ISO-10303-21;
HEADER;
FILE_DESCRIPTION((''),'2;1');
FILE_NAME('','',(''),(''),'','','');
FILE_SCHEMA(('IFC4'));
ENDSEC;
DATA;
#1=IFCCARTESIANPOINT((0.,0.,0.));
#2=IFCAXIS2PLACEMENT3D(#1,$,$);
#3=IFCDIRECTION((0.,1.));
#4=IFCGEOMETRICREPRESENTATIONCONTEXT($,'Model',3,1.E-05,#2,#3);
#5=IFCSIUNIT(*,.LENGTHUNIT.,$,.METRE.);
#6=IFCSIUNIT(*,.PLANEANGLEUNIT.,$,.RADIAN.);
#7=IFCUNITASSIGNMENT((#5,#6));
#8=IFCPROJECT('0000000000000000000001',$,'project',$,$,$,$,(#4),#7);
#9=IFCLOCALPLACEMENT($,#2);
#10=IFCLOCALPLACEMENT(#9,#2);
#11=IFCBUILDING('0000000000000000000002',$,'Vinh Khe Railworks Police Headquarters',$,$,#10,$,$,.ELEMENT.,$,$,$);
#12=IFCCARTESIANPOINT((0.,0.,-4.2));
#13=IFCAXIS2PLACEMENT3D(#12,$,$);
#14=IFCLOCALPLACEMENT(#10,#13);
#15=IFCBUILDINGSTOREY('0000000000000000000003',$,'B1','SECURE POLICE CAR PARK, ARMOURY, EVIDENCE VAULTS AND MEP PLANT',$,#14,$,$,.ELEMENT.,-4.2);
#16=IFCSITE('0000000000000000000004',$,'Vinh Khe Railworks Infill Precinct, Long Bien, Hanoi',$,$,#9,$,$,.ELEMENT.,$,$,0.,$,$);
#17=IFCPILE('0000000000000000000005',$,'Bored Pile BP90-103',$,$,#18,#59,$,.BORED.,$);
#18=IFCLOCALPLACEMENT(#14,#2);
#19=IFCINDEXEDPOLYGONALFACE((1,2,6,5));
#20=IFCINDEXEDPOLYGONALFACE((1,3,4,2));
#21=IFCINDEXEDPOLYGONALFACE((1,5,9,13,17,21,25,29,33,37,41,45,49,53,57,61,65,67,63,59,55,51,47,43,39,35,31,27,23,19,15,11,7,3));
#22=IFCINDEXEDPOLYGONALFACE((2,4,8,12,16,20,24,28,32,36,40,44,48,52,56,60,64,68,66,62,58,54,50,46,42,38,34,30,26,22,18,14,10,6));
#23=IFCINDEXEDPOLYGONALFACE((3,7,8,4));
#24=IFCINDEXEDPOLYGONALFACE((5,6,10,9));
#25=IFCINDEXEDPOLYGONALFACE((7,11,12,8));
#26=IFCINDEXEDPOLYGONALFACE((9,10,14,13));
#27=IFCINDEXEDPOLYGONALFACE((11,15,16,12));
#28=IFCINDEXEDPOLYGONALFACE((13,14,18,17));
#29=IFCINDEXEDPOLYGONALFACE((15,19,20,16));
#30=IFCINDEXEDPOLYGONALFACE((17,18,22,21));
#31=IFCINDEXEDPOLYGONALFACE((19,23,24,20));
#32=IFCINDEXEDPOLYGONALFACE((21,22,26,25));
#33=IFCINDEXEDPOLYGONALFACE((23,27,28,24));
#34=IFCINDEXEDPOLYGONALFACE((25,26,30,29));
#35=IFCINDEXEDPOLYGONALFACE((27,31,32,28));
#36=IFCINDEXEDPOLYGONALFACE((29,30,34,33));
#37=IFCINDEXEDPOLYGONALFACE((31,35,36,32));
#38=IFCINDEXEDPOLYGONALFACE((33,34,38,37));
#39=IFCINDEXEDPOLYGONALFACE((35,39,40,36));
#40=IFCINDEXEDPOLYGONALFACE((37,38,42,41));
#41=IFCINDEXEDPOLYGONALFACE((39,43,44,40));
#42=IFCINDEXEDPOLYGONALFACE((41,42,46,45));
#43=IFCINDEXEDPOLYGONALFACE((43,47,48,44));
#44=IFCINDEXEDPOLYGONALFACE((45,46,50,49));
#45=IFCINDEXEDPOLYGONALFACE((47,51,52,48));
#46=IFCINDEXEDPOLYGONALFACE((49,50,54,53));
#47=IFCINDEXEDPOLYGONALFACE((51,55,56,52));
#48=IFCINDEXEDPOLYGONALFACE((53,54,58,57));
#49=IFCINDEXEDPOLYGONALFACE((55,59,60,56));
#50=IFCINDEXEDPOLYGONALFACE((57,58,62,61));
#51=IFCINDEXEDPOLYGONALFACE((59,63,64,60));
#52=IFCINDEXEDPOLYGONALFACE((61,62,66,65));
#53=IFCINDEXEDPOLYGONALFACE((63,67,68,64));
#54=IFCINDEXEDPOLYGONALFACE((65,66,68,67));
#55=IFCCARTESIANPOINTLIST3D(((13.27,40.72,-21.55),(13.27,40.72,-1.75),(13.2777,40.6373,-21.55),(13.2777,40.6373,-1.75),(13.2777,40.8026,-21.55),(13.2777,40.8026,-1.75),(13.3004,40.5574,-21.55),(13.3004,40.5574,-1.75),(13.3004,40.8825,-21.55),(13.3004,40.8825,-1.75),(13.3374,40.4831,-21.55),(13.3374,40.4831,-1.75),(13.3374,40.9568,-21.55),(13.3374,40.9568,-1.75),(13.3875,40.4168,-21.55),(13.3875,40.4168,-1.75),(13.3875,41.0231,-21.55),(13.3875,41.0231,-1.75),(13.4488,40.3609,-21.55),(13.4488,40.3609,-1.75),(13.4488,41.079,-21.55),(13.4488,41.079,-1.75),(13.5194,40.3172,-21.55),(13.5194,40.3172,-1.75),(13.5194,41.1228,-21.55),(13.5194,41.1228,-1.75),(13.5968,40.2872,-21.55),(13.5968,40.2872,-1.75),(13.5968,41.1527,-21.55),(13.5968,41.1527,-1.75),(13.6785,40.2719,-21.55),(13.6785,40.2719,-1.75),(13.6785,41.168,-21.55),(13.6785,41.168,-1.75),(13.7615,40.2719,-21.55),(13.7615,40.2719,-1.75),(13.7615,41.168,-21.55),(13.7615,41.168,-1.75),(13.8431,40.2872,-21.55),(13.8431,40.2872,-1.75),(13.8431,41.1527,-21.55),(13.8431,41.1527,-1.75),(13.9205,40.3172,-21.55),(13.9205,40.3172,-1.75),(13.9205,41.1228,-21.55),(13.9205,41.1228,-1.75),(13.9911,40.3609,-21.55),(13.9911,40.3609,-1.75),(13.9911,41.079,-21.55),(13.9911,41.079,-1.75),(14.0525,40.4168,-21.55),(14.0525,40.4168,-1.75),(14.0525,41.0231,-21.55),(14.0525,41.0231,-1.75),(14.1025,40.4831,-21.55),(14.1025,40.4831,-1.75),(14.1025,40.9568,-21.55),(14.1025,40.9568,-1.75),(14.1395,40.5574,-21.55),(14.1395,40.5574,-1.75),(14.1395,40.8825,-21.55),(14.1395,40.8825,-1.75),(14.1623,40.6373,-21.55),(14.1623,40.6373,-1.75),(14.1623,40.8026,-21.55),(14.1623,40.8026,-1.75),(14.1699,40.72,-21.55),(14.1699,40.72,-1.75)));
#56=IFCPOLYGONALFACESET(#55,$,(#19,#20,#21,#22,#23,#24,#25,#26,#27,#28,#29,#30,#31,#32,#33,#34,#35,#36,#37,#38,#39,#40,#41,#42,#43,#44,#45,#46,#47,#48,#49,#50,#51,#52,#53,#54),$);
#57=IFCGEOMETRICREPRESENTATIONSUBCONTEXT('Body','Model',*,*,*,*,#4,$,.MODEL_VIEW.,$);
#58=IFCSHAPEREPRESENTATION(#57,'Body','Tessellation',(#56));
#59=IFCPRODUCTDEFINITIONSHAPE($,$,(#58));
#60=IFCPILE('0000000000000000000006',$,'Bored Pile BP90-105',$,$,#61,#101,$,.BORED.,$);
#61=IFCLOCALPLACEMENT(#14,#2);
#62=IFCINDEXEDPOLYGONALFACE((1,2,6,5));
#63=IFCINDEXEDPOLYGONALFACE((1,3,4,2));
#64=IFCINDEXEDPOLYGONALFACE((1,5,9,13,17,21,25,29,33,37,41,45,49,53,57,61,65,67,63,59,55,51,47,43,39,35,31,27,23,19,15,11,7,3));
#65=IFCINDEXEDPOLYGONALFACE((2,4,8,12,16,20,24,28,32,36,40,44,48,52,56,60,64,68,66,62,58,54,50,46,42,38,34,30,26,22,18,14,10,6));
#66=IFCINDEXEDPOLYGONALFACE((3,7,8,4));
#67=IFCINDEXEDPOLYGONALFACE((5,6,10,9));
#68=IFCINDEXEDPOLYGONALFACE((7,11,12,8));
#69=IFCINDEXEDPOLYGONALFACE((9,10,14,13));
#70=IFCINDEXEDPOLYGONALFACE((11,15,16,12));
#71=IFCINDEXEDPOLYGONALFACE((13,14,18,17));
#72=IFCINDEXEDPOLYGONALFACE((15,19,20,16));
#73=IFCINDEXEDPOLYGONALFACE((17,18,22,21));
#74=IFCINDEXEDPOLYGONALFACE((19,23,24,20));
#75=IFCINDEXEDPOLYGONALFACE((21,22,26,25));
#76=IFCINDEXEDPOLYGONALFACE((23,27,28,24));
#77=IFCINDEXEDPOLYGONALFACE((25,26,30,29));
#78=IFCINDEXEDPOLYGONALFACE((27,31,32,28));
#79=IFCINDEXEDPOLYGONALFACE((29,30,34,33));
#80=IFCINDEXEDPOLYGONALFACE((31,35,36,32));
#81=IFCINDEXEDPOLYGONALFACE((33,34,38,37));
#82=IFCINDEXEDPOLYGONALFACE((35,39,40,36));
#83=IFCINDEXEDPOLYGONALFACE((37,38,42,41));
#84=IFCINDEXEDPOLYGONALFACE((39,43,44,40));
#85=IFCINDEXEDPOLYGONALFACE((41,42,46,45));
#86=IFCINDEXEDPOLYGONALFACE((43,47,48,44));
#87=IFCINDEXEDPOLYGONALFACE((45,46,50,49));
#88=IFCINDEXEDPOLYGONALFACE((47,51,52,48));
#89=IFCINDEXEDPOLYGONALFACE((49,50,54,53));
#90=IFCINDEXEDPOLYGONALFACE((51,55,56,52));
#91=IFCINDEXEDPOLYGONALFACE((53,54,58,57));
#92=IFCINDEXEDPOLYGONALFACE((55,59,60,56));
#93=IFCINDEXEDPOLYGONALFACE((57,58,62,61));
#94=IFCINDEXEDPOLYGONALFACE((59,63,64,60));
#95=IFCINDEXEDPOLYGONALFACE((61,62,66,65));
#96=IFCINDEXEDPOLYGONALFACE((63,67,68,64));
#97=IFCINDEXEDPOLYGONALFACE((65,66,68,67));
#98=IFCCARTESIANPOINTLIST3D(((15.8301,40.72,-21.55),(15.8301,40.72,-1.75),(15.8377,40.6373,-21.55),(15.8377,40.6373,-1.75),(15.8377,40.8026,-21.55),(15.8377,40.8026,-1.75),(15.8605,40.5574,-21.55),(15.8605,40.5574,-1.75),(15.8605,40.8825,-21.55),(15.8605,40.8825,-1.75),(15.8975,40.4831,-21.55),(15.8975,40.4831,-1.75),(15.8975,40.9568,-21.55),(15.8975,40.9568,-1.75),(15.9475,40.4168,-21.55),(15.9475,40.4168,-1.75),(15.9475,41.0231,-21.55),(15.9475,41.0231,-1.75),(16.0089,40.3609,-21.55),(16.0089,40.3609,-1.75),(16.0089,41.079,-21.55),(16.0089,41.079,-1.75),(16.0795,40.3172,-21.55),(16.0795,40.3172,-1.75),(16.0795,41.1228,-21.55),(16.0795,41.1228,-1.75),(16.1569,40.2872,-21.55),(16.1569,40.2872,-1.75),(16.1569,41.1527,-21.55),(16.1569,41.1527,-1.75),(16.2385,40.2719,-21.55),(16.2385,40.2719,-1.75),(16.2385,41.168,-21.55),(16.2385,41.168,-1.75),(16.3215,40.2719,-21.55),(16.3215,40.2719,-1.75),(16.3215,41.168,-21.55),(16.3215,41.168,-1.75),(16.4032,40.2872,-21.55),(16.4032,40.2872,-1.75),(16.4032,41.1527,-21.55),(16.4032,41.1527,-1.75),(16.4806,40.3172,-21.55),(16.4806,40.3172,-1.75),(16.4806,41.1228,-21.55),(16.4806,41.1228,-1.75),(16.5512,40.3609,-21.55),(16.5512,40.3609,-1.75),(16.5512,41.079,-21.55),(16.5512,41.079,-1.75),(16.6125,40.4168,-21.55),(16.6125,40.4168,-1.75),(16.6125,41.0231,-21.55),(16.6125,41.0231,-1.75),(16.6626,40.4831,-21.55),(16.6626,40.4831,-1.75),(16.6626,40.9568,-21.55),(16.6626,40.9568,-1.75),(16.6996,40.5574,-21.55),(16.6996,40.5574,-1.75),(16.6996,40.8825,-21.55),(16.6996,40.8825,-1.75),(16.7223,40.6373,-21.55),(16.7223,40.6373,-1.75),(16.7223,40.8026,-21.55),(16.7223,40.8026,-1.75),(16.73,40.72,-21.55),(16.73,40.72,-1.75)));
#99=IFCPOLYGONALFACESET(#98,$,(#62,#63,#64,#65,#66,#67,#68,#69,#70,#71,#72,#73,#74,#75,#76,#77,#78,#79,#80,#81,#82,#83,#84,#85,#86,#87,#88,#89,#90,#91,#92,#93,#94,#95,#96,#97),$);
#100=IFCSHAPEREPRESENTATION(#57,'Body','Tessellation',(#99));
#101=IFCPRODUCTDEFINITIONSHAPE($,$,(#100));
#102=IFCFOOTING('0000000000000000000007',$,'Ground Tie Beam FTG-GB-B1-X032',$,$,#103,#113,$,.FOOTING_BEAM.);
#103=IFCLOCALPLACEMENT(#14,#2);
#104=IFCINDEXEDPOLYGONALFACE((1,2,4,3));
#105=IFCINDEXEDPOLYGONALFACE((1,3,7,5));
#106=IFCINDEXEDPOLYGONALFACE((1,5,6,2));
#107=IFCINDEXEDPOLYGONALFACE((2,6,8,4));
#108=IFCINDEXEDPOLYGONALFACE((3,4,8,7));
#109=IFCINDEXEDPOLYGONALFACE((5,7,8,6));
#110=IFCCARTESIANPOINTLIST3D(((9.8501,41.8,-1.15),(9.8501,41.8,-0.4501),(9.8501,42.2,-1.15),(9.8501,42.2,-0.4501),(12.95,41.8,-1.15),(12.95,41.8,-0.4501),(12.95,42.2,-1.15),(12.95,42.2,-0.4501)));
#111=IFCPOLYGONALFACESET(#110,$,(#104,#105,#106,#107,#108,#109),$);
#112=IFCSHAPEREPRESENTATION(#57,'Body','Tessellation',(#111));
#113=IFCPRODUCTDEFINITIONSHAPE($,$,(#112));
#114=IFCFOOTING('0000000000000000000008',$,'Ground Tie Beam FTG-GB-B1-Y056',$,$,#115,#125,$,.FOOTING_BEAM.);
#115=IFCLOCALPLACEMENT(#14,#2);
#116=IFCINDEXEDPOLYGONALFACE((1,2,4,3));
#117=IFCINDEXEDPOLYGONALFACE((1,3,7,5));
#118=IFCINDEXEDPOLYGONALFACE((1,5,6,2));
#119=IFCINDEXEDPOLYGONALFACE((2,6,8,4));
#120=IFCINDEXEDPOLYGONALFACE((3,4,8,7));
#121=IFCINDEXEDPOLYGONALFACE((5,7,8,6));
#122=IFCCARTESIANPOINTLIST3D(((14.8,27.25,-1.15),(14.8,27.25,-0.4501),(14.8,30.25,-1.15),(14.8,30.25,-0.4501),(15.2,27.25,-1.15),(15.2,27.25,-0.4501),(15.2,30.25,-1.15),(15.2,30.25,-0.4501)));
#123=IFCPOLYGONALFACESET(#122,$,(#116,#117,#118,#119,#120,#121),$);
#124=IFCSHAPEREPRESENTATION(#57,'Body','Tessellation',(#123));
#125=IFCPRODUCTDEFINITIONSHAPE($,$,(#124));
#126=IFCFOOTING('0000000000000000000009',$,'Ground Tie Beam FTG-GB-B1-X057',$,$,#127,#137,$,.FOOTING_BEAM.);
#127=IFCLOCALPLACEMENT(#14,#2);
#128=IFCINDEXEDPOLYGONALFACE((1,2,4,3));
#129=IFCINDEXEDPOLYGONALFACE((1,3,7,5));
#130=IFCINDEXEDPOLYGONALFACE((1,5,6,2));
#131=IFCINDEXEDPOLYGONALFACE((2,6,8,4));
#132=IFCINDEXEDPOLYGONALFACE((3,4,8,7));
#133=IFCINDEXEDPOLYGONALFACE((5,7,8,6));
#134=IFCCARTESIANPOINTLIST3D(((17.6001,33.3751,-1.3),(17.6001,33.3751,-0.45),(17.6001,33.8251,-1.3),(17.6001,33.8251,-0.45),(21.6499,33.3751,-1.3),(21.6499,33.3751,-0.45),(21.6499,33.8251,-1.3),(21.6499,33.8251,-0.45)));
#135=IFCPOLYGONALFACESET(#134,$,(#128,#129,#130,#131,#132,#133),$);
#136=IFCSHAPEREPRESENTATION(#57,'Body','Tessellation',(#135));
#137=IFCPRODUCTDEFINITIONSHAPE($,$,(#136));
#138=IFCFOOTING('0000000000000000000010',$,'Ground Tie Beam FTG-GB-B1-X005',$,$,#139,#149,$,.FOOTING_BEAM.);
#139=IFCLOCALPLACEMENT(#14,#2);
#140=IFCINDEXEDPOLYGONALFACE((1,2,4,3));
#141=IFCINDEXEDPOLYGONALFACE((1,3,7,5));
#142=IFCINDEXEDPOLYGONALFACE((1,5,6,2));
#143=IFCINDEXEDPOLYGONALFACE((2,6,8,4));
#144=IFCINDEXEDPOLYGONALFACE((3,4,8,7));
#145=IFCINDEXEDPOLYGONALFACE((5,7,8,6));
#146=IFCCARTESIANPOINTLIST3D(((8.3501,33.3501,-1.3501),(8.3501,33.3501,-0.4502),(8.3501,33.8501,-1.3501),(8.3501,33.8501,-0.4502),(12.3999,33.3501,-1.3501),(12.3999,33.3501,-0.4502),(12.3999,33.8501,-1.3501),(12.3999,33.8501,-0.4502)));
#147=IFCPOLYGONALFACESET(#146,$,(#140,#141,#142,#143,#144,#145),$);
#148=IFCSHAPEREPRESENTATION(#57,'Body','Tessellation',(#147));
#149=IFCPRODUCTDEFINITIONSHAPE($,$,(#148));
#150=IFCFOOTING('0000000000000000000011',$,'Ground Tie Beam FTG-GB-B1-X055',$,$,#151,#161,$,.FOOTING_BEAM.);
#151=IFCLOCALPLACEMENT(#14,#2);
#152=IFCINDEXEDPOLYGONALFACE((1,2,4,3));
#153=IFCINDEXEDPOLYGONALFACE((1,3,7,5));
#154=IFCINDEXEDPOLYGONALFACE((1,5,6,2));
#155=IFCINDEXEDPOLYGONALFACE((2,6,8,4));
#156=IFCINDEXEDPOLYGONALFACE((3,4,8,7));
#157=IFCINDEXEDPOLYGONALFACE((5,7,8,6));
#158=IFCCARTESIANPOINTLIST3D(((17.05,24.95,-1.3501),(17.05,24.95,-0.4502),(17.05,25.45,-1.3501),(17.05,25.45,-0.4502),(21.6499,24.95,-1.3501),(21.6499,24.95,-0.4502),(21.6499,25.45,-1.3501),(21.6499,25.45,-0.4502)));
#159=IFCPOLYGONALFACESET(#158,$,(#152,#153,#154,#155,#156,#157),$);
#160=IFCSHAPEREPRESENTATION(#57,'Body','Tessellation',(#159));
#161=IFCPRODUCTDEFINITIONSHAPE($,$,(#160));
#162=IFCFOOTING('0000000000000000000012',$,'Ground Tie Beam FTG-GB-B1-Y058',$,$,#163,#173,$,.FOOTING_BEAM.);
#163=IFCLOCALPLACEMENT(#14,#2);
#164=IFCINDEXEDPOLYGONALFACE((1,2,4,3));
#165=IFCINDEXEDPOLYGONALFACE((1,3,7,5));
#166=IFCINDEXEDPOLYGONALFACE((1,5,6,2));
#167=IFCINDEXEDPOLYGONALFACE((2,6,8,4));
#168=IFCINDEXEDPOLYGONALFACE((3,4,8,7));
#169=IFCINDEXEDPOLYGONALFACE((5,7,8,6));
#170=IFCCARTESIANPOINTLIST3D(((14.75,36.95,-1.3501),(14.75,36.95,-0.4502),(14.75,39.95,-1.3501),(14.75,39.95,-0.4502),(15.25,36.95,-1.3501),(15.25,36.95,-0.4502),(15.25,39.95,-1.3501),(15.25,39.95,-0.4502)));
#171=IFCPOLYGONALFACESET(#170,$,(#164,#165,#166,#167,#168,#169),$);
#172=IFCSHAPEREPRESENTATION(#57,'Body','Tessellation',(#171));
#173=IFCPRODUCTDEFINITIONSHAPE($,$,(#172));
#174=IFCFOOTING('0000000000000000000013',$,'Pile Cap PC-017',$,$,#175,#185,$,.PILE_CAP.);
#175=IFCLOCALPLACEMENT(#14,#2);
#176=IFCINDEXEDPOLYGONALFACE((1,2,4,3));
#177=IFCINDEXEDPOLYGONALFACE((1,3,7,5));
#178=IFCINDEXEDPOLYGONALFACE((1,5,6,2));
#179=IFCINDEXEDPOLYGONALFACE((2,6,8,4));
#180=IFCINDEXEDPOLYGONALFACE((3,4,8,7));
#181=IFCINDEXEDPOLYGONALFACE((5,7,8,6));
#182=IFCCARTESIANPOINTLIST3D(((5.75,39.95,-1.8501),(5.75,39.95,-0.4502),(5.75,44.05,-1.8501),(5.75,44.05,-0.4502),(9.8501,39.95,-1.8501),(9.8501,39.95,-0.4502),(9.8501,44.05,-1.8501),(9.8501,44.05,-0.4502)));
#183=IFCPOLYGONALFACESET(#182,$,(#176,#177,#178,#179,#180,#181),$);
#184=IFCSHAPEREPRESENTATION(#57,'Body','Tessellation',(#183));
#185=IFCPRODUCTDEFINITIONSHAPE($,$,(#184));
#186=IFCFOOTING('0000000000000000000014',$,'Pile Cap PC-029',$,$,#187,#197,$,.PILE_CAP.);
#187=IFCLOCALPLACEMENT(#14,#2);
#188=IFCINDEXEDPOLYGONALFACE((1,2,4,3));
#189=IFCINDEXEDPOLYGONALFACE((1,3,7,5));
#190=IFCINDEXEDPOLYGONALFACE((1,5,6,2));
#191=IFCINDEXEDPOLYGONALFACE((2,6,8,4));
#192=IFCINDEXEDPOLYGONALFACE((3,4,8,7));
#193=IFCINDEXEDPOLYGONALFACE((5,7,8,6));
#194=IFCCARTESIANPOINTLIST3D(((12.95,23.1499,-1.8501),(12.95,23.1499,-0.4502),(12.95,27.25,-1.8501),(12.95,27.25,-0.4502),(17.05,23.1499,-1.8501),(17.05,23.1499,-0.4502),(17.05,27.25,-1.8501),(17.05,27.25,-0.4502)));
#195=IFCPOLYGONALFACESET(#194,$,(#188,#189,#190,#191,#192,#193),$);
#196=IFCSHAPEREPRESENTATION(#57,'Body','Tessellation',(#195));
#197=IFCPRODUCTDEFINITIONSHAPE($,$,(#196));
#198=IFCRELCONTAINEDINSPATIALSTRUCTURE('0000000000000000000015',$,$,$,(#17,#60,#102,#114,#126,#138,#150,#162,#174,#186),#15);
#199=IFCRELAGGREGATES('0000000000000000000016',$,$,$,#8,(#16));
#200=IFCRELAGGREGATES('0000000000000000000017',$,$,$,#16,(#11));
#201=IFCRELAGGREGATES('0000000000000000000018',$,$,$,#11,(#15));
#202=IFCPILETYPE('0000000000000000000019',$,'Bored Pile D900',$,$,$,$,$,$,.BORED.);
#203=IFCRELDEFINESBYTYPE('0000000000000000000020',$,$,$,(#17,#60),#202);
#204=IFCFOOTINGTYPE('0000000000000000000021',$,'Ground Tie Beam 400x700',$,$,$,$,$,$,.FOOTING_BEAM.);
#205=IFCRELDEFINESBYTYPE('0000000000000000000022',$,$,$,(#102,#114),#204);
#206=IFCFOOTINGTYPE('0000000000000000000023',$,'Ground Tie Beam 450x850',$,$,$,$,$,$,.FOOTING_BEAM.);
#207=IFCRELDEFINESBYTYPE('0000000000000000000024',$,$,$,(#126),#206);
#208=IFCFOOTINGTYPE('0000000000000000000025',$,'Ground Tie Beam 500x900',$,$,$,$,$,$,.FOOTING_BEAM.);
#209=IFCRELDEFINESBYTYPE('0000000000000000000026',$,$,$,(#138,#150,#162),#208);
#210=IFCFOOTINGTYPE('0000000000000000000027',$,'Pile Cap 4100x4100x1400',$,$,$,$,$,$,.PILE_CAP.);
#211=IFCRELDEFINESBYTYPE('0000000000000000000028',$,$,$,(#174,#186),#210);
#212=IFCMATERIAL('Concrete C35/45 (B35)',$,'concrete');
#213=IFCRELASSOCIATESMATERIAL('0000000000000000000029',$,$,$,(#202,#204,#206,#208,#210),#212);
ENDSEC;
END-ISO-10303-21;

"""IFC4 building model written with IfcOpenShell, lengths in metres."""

from ifc_helpers import new_model, si_unit, direction, frame, origin, origin_2d, place, context, subcontext, project, spatial, rectangle, circle, extrude, material, material_profile, profile_set, type_object, element, save


model = new_model("IFC4")

# Units and contexts
model_context = context("Model", 3, precision=1e-05, world=origin(), true_north=direction((0.0, 1.0)))
body_context = subcontext(model_context, "Body", "Model", "MODEL_VIEW")
ifc_project = project(units=[si_unit("LENGTHUNIT", "METRE"), si_unit("PLANEANGLEUNIT", "RADIAN")], contexts=[model_context])

# Site, building, storey
site_placement = place(None, origin())
site = spatial("IfcSite", under=ifc_project, at=site_placement, Name="Vinh Khe Railworks Infill Precinct, Long Bien, Hanoi", CompositionType="ELEMENT", RefElevation=0.0)
building_placement = place(site_placement, origin())
building = spatial("IfcBuilding", under=site, at=building_placement, Name="Vinh Khe Railworks Police Headquarters", CompositionType="ELEMENT")
storey_placement = place(building_placement, frame((0.0, 0.0, -4.2)))
storey = spatial("IfcBuildingStorey", under=building, at=storey_placement, Name="B1", Description="SECURE POLICE CAR PARK, ARMOURY, EVIDENCE VAULTS AND MEP PLANT", CompositionType="ELEMENT", Elevation=-4.2)

# Piles
ifc_material_1 = material(Name="Concrete C35/45 (B35)", Category="concrete")
ifc_material_profile_1 = material_profile(ifc_material_1, circle(Radius=0.45, at=origin_2d()), Name="BORED PILE D900")
ifc_profile_set_1 = profile_set([ifc_material_profile_1], Name="Concrete C35/45 (B35)")
pile_type_1 = type_object("IfcPileType", Name="Bored Pile D900", PredefinedType="BORED", material=ifc_profile_set_1)
for number, where, z_axis, x_axis, name in (
    (1, (13.72, 40.72, -1.75), (0.0, 0.0, -1.0), (1.0, 0.0, 0.0), "Bored Pile BP90-103"),
    (2, (16.28, 40.72, -1.75), (0.0, 0.0, -1.0), (1.0, 0.0, 0.0), "Bored Pile BP90-105"),
):
    element("IfcPile", number, at=place(storey_placement, frame(where, z_axis=z_axis, x_axis=x_axis)), inside=storey, type_object=pile_type_1, Name=name, PredefinedType="BORED", context=body_context, shape_type="SweptSolid", body=[
        extrude(circle(Radius=0.45, at=origin_2d()), origin(), (0.0, 0.0, 1.0), 19.8),
    ])

# Footings
ifc_material_profile_2 = material_profile(ifc_material_1, rectangle(XDim=0.3999, YDim=0.7, at=origin_2d()), Name="RC 400x700")
ifc_profile_set_2 = profile_set([ifc_material_profile_2], Name="Concrete C35/45 (B35)")
footing_type_1 = type_object("IfcFootingType", Name="Ground Tie Beam 400x700", PredefinedType="FOOTING_BEAM", material=ifc_profile_set_2)
footing_1_placement = place(storey_placement, frame((9.8501, 42.0, -0.8), z_axis=(1.0, 0.0, 0.0), x_axis=(0.0, 1.0, 0.0)))
element("IfcFooting", 3, at=footing_1_placement, inside=storey, type_object=footing_type_1, Name="Ground Tie Beam FTG-GB-B1-X032", PredefinedType="FOOTING_BEAM", context=body_context, shape_type="SweptSolid", body=[
    extrude(rectangle(XDim=0.3999, YDim=0.7, at=origin_2d()), origin(), (0.0, 0.0, 1.0), 3.0999),
])
footing_2_placement = place(storey_placement, frame((15.0, 27.25, -0.8), z_axis=(0.0, 1.0, 0.0), x_axis=(-1.0, 0.0, 0.0)))
element("IfcFooting", 4, at=footing_2_placement, inside=storey, type_object=footing_type_1, Name="Ground Tie Beam FTG-GB-B1-Y056", PredefinedType="FOOTING_BEAM", context=body_context, shape_type="SweptSolid", body=[
    extrude(rectangle(XDim=0.3999, YDim=0.7, at=origin_2d()), origin(), (0.0, 0.0, 1.0), 3.0),
])
ifc_material_profile_3 = material_profile(ifc_material_1, rectangle(XDim=0.45, YDim=0.8501, at=origin_2d()), Name="RC 450x850")
ifc_profile_set_3 = profile_set([ifc_material_profile_3], Name="Concrete C35/45 (B35)")
footing_type_2 = type_object("IfcFootingType", Name="Ground Tie Beam 450x850", PredefinedType="FOOTING_BEAM", material=ifc_profile_set_3)
footing_3_placement = place(storey_placement, frame((17.6001, 33.6001, -0.875), z_axis=(1.0, 0.0, 0.0), x_axis=(0.0, 1.0, 0.0)))
element("IfcFooting", 5, at=footing_3_placement, inside=storey, type_object=footing_type_2, Name="Ground Tie Beam FTG-GB-B1-X057", PredefinedType="FOOTING_BEAM", context=body_context, shape_type="SweptSolid", body=[
    extrude(rectangle(XDim=0.45, YDim=0.8501, at=origin_2d()), origin(), (0.0, 0.0, 1.0), 4.0498),
])
ifc_material_profile_4 = material_profile(ifc_material_1, rectangle(XDim=0.5, YDim=0.8999, at=origin_2d()), Name="RC 500x900")
ifc_profile_set_4 = profile_set([ifc_material_profile_4], Name="Concrete C35/45 (B35)")
footing_type_3 = type_object("IfcFootingType", Name="Ground Tie Beam 500x900", PredefinedType="FOOTING_BEAM", material=ifc_profile_set_4)
footing_4_placement = place(storey_placement, frame((8.3501, 33.6001, -0.9001), z_axis=(1.0, 0.0, 0.0), x_axis=(0.0, 1.0, 0.0)))
element("IfcFooting", 6, at=footing_4_placement, inside=storey, type_object=footing_type_3, Name="Ground Tie Beam FTG-GB-B1-X005", PredefinedType="FOOTING_BEAM", context=body_context, shape_type="SweptSolid", body=[
    extrude(rectangle(XDim=0.5, YDim=0.8999, at=origin_2d()), origin(), (0.0, 0.0, 1.0), 4.0498),
])
footing_5_placement = place(storey_placement, frame((17.05, 25.2, -0.9001), z_axis=(1.0, 0.0, 0.0), x_axis=(0.0, 1.0, 0.0)))
element("IfcFooting", 7, at=footing_5_placement, inside=storey, type_object=footing_type_3, Name="Ground Tie Beam FTG-GB-B1-X055", PredefinedType="FOOTING_BEAM", context=body_context, shape_type="SweptSolid", body=[
    extrude(rectangle(XDim=0.5, YDim=0.8999, at=origin_2d()), origin(), (0.0, 0.0, 1.0), 4.5999),
])
footing_6_placement = place(storey_placement, frame((15.0, 36.95, -0.9001), z_axis=(0.0, 1.0, 0.0), x_axis=(-1.0, 0.0, 0.0)))
element("IfcFooting", 8, at=footing_6_placement, inside=storey, type_object=footing_type_3, Name="Ground Tie Beam FTG-GB-B1-Y058", PredefinedType="FOOTING_BEAM", context=body_context, shape_type="SweptSolid", body=[
    extrude(rectangle(XDim=0.5, YDim=0.8999, at=origin_2d()), origin(), (0.0, 0.0, 1.0), 3.0),
])
footing_type_4 = type_object("IfcFootingType", Name="Pile Cap 4100x4100x1400", PredefinedType="PILE_CAP", material=ifc_material_1)
for number, where, z_axis, x_axis, name in (
    (9, (7.8, 42.0, -1.8501), (0.0, 0.0, 1.0), (1.0, 0.0, 0.0), "Pile Cap PC-017"),
    (10, (15.0, 25.2, -1.8501), (0.0, 0.0, 1.0), (1.0, 0.0, 0.0), "Pile Cap PC-029"),
):
    element("IfcFooting", number, at=place(storey_placement, frame(where, z_axis=z_axis, x_axis=x_axis)), inside=storey, type_object=footing_type_4, Name=name, PredefinedType="PILE_CAP", context=body_context, shape_type="SweptSolid", body=[
        extrude(rectangle(XDim=4.1001, YDim=4.1001, at=origin_2d()), origin(), (0.0, 0.0, 1.0), 1.3999),
    ])

save(model, "model.ifc")
